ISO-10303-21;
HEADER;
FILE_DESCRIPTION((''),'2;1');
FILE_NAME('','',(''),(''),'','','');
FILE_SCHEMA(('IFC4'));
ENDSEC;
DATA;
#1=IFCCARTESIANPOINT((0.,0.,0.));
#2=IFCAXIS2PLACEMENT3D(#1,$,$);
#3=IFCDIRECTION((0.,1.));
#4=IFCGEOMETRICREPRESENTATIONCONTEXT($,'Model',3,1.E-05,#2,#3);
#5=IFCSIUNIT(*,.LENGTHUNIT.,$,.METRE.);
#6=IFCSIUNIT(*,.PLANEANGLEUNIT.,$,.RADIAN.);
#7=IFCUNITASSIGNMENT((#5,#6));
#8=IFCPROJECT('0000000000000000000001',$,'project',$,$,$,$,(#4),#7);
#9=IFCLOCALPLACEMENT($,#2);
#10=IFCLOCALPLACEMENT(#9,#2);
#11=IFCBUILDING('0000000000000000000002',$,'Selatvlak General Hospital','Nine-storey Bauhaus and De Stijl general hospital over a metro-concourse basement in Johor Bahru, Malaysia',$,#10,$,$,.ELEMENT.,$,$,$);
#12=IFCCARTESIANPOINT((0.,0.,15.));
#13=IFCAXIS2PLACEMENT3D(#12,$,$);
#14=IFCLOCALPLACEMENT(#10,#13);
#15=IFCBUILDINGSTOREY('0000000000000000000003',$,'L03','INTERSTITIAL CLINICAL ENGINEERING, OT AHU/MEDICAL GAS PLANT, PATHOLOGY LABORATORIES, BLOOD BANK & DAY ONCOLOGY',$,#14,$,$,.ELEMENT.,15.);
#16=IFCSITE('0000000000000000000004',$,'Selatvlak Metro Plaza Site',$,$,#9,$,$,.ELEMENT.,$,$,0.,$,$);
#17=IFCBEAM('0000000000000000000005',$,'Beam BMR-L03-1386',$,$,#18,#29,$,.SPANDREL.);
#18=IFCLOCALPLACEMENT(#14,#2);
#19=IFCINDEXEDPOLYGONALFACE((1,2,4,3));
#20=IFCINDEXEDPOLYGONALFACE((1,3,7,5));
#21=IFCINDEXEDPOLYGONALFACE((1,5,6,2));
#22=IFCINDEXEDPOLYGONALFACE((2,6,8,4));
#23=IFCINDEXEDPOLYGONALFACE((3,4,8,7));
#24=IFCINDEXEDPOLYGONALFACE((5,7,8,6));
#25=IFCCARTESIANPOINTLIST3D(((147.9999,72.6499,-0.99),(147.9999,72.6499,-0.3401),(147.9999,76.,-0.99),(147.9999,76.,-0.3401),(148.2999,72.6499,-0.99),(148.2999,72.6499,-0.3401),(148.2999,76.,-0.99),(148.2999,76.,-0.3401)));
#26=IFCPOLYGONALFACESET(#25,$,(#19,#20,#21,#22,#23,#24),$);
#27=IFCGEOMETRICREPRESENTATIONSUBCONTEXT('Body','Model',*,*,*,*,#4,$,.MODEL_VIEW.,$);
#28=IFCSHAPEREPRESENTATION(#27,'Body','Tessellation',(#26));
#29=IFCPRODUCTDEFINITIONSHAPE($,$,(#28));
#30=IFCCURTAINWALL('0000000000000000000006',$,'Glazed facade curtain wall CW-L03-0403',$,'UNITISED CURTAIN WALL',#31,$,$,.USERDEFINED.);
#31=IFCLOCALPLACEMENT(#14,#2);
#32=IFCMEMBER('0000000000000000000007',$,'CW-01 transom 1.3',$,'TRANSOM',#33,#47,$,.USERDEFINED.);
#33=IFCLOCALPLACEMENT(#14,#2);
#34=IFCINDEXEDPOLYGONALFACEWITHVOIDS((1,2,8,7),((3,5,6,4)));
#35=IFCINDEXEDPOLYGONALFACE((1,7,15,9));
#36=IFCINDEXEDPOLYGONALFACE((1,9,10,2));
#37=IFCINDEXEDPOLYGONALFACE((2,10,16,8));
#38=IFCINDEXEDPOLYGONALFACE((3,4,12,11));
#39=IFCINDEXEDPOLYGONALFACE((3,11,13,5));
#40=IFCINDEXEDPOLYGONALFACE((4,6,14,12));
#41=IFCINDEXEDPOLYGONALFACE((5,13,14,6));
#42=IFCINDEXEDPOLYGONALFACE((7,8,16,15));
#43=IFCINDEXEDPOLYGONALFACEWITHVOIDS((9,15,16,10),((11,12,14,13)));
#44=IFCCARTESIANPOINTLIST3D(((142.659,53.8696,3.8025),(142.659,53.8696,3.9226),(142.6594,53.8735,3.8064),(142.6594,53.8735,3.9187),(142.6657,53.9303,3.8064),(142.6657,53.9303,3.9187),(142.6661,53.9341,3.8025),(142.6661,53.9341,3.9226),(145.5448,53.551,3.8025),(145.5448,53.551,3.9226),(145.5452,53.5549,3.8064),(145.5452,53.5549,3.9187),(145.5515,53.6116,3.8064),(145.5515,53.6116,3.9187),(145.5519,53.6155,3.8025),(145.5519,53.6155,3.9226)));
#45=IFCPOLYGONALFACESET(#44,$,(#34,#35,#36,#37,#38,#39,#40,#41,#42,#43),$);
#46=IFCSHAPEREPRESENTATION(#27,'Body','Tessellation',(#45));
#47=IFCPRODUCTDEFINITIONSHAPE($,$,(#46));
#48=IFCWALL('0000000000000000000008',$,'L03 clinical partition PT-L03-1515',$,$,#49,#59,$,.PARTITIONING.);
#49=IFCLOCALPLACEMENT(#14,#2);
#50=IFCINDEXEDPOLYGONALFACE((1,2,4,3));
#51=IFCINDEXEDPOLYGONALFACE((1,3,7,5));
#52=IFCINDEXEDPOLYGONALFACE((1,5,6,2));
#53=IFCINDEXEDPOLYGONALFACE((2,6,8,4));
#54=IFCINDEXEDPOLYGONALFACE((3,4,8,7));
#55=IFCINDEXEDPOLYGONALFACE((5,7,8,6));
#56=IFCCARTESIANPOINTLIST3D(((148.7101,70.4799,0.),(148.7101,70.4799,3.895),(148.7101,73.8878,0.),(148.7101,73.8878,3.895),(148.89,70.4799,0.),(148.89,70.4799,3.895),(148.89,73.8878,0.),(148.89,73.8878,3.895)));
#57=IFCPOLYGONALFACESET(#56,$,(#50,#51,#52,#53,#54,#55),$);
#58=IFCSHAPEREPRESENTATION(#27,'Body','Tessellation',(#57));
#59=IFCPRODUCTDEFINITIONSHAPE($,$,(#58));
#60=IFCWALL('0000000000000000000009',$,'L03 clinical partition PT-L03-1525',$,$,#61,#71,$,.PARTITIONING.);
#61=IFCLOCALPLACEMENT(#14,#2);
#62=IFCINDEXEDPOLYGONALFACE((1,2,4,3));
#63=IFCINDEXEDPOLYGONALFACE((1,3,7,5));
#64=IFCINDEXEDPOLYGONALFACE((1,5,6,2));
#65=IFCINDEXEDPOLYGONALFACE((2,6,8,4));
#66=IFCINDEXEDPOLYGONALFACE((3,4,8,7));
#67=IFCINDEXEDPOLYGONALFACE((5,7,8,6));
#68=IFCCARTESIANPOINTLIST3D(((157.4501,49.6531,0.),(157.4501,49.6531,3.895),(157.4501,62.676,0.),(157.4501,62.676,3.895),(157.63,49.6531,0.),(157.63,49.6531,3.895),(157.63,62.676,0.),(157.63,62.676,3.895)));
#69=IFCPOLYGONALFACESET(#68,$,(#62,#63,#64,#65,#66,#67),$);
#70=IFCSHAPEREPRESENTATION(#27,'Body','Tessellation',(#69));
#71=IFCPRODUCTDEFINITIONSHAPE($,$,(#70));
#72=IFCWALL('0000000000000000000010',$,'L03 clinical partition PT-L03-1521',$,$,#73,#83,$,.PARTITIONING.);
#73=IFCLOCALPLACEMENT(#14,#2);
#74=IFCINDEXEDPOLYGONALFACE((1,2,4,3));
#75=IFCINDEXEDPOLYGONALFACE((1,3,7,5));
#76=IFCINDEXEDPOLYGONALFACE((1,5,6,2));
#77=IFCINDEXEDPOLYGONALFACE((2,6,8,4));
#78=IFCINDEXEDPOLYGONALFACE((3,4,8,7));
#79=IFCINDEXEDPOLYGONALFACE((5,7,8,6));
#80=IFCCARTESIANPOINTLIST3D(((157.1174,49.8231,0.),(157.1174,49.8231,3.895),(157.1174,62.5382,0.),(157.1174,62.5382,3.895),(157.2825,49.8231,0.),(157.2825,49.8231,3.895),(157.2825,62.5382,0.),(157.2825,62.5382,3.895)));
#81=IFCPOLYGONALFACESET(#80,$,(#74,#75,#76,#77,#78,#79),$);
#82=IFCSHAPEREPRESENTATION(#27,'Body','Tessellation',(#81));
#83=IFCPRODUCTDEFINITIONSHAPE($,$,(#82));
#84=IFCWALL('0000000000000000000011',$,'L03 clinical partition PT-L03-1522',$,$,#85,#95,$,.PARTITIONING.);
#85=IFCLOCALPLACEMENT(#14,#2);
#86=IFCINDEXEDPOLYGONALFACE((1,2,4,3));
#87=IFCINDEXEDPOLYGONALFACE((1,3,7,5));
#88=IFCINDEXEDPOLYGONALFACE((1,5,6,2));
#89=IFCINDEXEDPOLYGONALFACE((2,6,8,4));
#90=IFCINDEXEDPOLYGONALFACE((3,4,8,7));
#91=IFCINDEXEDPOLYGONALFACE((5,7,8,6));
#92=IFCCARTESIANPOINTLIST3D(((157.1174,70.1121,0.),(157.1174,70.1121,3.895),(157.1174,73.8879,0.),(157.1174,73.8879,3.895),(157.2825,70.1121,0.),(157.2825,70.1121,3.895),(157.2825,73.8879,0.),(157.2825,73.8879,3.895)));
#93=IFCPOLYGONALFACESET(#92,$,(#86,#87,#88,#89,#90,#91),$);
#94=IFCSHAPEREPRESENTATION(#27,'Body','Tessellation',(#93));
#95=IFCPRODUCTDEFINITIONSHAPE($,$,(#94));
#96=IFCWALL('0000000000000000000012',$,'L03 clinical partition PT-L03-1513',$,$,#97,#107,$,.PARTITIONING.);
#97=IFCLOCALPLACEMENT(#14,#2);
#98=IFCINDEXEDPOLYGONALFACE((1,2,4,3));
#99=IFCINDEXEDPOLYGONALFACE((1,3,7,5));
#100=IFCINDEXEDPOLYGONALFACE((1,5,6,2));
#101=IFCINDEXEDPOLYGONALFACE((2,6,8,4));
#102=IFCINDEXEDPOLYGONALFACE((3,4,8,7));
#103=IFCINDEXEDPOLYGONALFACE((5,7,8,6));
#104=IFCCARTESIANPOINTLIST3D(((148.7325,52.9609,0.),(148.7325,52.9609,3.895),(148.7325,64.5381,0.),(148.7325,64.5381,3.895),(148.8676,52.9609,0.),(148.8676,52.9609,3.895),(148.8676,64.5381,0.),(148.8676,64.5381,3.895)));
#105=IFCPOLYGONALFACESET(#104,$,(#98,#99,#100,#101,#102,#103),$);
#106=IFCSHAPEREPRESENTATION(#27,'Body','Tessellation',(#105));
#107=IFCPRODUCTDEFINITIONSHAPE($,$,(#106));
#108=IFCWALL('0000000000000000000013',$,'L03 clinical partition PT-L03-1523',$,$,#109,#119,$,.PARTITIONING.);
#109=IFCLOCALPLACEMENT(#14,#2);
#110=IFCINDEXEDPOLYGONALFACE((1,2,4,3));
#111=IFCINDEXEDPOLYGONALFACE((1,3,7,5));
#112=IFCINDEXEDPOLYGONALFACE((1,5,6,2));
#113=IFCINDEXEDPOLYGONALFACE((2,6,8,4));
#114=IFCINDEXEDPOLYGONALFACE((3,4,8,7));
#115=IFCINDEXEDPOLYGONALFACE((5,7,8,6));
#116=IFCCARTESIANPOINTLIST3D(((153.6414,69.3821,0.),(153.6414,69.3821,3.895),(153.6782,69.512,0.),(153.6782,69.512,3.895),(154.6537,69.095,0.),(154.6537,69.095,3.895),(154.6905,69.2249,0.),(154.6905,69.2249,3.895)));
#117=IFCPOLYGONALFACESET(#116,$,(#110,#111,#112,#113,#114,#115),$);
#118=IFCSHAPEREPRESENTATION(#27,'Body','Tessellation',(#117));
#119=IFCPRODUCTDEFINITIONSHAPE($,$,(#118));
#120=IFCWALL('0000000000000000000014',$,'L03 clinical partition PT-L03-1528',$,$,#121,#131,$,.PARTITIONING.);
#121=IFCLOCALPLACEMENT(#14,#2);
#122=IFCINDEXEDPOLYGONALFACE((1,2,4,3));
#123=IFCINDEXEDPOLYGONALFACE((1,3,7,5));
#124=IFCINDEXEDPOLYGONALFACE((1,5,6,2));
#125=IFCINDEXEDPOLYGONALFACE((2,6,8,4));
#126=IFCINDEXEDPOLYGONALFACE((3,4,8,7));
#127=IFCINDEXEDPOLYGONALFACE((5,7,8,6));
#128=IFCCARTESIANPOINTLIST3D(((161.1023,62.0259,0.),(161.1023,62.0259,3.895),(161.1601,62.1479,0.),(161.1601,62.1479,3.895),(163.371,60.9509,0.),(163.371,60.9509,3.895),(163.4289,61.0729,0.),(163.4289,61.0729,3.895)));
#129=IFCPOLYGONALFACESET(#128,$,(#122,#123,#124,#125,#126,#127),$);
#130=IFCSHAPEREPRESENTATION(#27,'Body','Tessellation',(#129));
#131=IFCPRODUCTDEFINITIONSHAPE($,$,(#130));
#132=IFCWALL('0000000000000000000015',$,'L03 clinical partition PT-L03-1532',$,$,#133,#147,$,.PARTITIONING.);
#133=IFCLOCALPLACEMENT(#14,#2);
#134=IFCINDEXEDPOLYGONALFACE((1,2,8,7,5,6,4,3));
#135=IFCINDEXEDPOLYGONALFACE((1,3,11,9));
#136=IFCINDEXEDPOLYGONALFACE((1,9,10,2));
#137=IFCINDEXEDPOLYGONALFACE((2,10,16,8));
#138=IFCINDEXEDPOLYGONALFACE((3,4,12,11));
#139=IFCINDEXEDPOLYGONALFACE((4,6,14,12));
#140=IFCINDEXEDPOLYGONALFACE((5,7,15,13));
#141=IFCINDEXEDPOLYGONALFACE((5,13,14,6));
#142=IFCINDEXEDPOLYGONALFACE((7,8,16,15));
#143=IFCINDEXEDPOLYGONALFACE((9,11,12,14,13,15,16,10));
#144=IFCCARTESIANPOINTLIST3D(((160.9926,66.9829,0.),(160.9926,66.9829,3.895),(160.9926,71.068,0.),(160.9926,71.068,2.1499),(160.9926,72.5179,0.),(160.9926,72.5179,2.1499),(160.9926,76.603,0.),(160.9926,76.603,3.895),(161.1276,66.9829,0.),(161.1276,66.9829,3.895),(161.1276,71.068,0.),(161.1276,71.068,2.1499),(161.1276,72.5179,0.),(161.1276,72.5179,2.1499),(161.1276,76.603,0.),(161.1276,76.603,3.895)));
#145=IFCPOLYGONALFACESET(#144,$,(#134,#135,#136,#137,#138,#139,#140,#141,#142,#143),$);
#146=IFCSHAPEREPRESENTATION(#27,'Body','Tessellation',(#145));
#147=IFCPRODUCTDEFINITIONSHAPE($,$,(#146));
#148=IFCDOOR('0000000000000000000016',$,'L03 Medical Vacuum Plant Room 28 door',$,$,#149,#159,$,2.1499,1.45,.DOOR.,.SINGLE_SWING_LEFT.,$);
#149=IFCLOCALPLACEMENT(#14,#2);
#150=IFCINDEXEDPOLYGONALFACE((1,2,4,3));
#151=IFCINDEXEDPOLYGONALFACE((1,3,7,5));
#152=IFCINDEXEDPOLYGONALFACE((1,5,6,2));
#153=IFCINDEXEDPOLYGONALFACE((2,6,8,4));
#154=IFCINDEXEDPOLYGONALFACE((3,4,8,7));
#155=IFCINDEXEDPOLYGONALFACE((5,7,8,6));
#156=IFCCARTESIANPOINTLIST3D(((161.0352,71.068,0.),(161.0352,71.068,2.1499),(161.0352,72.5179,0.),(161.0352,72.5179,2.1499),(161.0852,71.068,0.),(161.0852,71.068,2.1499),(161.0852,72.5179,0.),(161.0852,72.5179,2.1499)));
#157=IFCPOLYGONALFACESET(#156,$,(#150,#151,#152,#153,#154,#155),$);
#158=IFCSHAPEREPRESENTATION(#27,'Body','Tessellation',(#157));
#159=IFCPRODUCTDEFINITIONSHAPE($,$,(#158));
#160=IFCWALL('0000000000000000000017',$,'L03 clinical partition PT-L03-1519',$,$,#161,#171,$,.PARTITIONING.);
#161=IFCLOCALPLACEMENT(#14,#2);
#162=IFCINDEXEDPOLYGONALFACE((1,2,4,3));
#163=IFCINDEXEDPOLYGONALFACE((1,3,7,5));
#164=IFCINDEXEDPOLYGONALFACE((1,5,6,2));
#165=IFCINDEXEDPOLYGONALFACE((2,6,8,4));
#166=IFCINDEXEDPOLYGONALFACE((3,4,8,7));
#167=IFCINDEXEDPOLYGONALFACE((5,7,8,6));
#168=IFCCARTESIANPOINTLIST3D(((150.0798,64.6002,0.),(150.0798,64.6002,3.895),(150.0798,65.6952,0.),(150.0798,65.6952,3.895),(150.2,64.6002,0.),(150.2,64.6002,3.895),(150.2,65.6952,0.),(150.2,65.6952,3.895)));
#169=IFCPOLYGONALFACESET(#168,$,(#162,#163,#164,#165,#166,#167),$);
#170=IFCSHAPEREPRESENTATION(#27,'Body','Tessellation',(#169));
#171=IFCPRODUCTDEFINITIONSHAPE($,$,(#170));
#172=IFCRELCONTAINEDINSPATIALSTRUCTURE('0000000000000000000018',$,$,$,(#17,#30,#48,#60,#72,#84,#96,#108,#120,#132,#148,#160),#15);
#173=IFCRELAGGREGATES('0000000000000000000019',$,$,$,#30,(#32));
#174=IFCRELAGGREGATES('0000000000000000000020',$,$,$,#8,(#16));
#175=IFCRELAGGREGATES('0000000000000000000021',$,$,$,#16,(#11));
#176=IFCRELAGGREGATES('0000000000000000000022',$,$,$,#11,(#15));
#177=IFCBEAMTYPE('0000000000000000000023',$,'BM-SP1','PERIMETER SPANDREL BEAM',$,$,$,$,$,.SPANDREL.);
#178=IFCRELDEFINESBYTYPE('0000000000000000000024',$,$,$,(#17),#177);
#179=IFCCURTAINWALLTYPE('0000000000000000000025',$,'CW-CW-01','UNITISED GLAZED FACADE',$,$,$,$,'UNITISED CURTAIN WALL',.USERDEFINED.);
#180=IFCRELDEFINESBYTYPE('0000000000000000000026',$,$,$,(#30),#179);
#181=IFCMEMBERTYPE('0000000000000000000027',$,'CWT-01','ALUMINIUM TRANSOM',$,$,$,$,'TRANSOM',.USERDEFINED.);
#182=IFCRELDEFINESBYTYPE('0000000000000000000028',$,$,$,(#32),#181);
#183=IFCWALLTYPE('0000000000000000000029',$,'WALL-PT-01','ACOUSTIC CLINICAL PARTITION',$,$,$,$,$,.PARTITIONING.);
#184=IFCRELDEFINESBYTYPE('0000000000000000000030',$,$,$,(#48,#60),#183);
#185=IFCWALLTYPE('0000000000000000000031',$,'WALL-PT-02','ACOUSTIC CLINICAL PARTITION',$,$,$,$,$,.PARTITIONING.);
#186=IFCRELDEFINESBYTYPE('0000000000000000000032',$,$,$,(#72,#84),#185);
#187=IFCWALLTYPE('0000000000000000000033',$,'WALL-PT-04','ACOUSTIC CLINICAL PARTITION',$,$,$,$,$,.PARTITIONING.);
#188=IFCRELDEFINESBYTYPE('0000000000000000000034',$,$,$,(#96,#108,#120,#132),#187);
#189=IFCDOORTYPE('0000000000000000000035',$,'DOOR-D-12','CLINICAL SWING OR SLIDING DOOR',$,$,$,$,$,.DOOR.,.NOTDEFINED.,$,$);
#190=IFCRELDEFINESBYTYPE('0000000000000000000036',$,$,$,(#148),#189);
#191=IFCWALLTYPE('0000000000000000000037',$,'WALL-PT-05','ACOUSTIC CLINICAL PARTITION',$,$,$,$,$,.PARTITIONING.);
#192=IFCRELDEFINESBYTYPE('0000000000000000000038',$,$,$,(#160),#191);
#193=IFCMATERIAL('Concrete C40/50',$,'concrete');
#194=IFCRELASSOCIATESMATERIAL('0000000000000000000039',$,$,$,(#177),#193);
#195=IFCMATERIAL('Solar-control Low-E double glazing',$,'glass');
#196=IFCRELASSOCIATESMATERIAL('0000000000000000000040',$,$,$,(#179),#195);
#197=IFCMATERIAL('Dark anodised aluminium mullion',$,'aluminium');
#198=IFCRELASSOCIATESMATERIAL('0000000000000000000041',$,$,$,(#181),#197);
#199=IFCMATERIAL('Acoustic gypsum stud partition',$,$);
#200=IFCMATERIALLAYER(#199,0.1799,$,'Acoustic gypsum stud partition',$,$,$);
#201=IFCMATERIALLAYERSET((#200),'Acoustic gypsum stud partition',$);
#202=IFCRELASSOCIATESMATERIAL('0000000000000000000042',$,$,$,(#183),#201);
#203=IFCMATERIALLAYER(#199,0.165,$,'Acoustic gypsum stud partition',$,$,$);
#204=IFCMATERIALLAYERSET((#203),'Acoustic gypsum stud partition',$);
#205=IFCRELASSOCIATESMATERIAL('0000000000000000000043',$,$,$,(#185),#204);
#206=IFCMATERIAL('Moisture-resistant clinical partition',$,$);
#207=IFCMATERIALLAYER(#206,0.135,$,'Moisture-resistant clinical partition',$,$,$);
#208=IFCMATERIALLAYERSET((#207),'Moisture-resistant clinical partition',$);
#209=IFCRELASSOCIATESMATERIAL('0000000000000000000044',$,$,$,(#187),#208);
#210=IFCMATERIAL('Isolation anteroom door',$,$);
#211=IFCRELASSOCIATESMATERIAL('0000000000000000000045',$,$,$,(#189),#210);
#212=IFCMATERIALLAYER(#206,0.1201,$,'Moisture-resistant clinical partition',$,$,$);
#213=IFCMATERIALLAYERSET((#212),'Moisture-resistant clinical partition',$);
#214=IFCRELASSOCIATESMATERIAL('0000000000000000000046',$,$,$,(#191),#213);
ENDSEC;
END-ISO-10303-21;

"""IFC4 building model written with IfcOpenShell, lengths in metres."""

from ifc_helpers import new_model, si_unit, direction, frame, frame_2d, origin, origin_2d, place, context, subcontext, project, spatial, rectangle, hollow_rectangle, extrude, material, layer, layer_set, material_profile, profile_set, type_object, element, fill, aggregate, save


model = new_model("IFC4")

# Units and contexts
model_context = context("Model", 3, precision=1e-05, world=origin(), true_north=direction((0.0, 1.0)))
body_context = subcontext(model_context, "Body", "Model", "MODEL_VIEW")
ifc_project = project(units=[si_unit("LENGTHUNIT", "METRE"), si_unit("PLANEANGLEUNIT", "RADIAN")], contexts=[model_context])

# Site, building, storey
site_placement = place(None, origin())
site = spatial("IfcSite", under=ifc_project, at=site_placement, Name="Selatvlak Metro Plaza Site", CompositionType="ELEMENT", RefElevation=0.0)
building_placement = place(site_placement, origin())
building = spatial("IfcBuilding", under=site, at=building_placement, Name="Selatvlak General Hospital", Description="Nine-storey Bauhaus and De Stijl general hospital over a metro-concourse basement in Johor Bahru, Malaysia", CompositionType="ELEMENT")
storey_placement = place(building_placement, frame((0.0, 0.0, 15.0)))
storey = spatial("IfcBuildingStorey", under=building, at=storey_placement, Name="L03", Description="INTERSTITIAL CLINICAL ENGINEERING, OT AHU/MEDICAL GAS PLANT, PATHOLOGY LABORATORIES, BLOOD BANK & DAY ONCOLOGY", CompositionType="ELEMENT", Elevation=15.0)

# Beam
ifc_material_1 = material(Name="Concrete C40/50", Category="concrete")
ifc_material_profile_1 = material_profile(ifc_material_1, rectangle(XDim=0.3, YDim=0.6499, at=origin_2d()), Name="RC-SP 300x650")
ifc_profile_set_1 = profile_set([ifc_material_profile_1], Name="Concrete C40/50")
beam_type_1 = type_object("IfcBeamType", Name="BM-SP1", Description="PERIMETER SPANDREL BEAM", PredefinedType="SPANDREL", material=ifc_profile_set_1)
beam_1_placement = place(storey_placement, frame((148.1499, 72.6499, -0.665), z_axis=(0.0, 1.0, 0.0), x_axis=(-1.0, 0.0, 0.0)))
element("IfcBeam", 1, at=beam_1_placement, inside=storey, type_object=beam_type_1, Name="Beam BMR-L03-1386", PredefinedType="SPANDREL", context=body_context, shape_type="SweptSolid", body=[
    extrude(rectangle(XDim=0.3, YDim=0.6499, at=origin_2d()), origin(), (0.0, 0.0, 1.0), 3.3501),
])

# Curtain wall, member
ifc_material_2 = material(Name="Solar-control Low-E double glazing", Category="glass")
curtain_wall_type = type_object("IfcCurtainWallType", Name="CW-CW-01", Description="UNITISED GLAZED FACADE", ElementType="UNITISED CURTAIN WALL", PredefinedType="USERDEFINED", material=ifc_material_2)
curtain_wall_placement = place(storey_placement, origin())
curtain_wall = element("IfcCurtainWall", 2, at=curtain_wall_placement, inside=storey, type_object=curtain_wall_type, Name="Glazed facade curtain wall CW-L03-0403", ObjectType="UNITISED CURTAIN WALL", PredefinedType="USERDEFINED")
ifc_material_3 = material(Name="Dark anodised aluminium mullion", Category="aluminium")
ifc_material_profile_2 = material_profile(ifc_material_3, hollow_rectangle(XDim=0.0649, YDim=0.1201, WallThickness=0.0039, at=origin_2d()), Name="AL-TRN 65x120x4")
ifc_profile_set_2 = profile_set([ifc_material_profile_2], Name="Dark anodised aluminium mullion")
member_type = type_object("IfcMemberType", Name="CWT-01", Description="ALUMINIUM TRANSOM", ElementType="TRANSOM", PredefinedType="USERDEFINED", material=ifc_profile_set_2)
member_placement = place(storey_placement, frame((145.5483, 53.5833, 3.8625), z_axis=(-0.99396, 0.109739, 0.0), x_axis=(-0.109739, -0.99396, 0.0)))
member = element("IfcMember", 3, at=member_placement, type_object=member_type, Name="CW-01 transom 1.3", ObjectType="TRANSOM", PredefinedType="USERDEFINED", context=body_context, shape_type="SweptSolid", body=[
    extrude(hollow_rectangle(XDim=0.0649, YDim=0.1201, WallThickness=0.0039, at=origin_2d()), origin(), (0.0, 0.0, 1.0), 2.9033),
])
aggregate(curtain_wall, [member])

# Wall
ifc_material_4 = material(Name="Acoustic gypsum stud partition")
ifc_layer_1 = layer(ifc_material_4, 0.1799, Name="Acoustic gypsum stud partition")
ifc_layer_set_1 = layer_set([ifc_layer_1], Name="Acoustic gypsum stud partition")
wall_type_1 = type_object("IfcWallType", Name="WALL-PT-01", Description="ACOUSTIC CLINICAL PARTITION", PredefinedType="PARTITIONING", material=ifc_layer_set_1)
wall_1_placement = place(storey_placement, frame((148.8, 73.8879, 0.0), z_axis=(0.0, 0.0, 1.0), x_axis=(0.0, -1.0, 0.0)))
element("IfcWall", 4, at=wall_1_placement, inside=storey, type_object=wall_type_1, Name="L03 clinical partition PT-L03-1515", PredefinedType="PARTITIONING", context=body_context, shape_type="SweptSolid", body=[
    extrude(rectangle(XDim=3.408, YDim=0.1799, at=frame_2d((1.7041, 0.0))), origin(), (0.0, 0.0, 1.0), 3.895),
])

# Wall
wall_2_placement = place(storey_placement, frame((157.54, 62.676, 0.0), z_axis=(0.0, 0.0, 1.0), x_axis=(0.0, -1.0, 0.0)))
element("IfcWall", 5, at=wall_2_placement, inside=storey, type_object=wall_type_1, Name="L03 clinical partition PT-L03-1525", PredefinedType="PARTITIONING", context=body_context, shape_type="SweptSolid", body=[
    extrude(rectangle(XDim=13.0229, YDim=0.1799, at=frame_2d((6.5115, 0.0))), origin(), (0.0, 0.0, 1.0), 3.895),
])

# Shared definitions
ifc_layer_2 = layer(ifc_material_4, 0.165, Name="Acoustic gypsum stud partition")
ifc_layer_set_2 = layer_set([ifc_layer_2], Name="Acoustic gypsum stud partition")
wall_type_2 = type_object("IfcWallType", Name="WALL-PT-02", Description="ACOUSTIC CLINICAL PARTITION", PredefinedType="PARTITIONING", material=ifc_layer_set_2)

# Walls
wall_3_placement = place(storey_placement, frame((157.2, 62.5381, 0.0), z_axis=(0.0, 0.0, 1.0), x_axis=(0.0, -1.0, 0.0)))
element("IfcWall", 6, at=wall_3_placement, inside=storey, type_object=wall_type_2, Name="L03 clinical partition PT-L03-1521", PredefinedType="PARTITIONING", context=body_context, shape_type="SweptSolid", body=[
    extrude(rectangle(XDim=12.7151, YDim=0.165, at=frame_2d((6.3574, 0.0))), origin(), (0.0, 0.0, 1.0), 3.895),
])
wall_4_placement = place(storey_placement, frame((157.2, 73.8879, 0.0), z_axis=(0.0, 0.0, 1.0), x_axis=(0.0, -1.0, 0.0)))
element("IfcWall", 7, at=wall_4_placement, inside=storey, type_object=wall_type_2, Name="L03 clinical partition PT-L03-1522", PredefinedType="PARTITIONING", context=body_context, shape_type="SweptSolid", body=[
    extrude(rectangle(XDim=3.7759, YDim=0.165, at=frame_2d((1.8879, 0.0))), origin(), (0.0, 0.0, 1.0), 3.895),
])
ifc_material_5 = material(Name="Moisture-resistant clinical partition")
ifc_layer_3 = layer(ifc_material_5, 0.135, Name="Moisture-resistant clinical partition")
ifc_layer_set_3 = layer_set([ifc_layer_3], Name="Moisture-resistant clinical partition")
wall_type_3 = type_object("IfcWallType", Name="WALL-PT-04", Description="ACOUSTIC CLINICAL PARTITION", PredefinedType="PARTITIONING", material=ifc_layer_set_3)
wall_5_placement = place(storey_placement, frame((148.8, 64.5381, 0.0), z_axis=(0.0, 0.0, 1.0), x_axis=(0.0, -1.0, 0.0)))
element("IfcWall", 8, at=wall_5_placement, inside=storey, type_object=wall_type_3, Name="L03 clinical partition PT-L03-1513", PredefinedType="PARTITIONING", context=body_context, shape_type="SweptSolid", body=[
    extrude(rectangle(XDim=11.5771, YDim=0.135, at=frame_2d((5.7886, 0.0))), origin(), (0.0, 0.0, 1.0), 3.895),
])
wall_6_placement = place(storey_placement, frame((154.6721, 69.1599, 0.0), z_axis=(0.0, 0.0, 1.0), x_axis=(-0.962048, 0.272882, 0.0)))
element("IfcWall", 9, at=wall_6_placement, inside=storey, type_object=wall_type_3, Name="L03 clinical partition PT-L03-1523", PredefinedType="PARTITIONING", context=body_context, shape_type="SweptSolid", body=[
    extrude(rectangle(XDim=1.0522, YDim=0.135, at=frame_2d((0.5261, 0.0))), origin(), (0.0, 0.0, 1.0), 3.895),
])
wall_7_placement = place(storey_placement, frame((161.1311, 62.0869, 0.0), z_axis=(0.0, 0.0, 1.0), x_axis=(0.903698, -0.42817, 0.0)))
element("IfcWall", 10, at=wall_7_placement, inside=storey, type_object=wall_type_3, Name="L03 clinical partition PT-L03-1528", PredefinedType="PARTITIONING", context=body_context, shape_type="SweptSolid", body=[
    extrude(rectangle(XDim=2.5105, YDim=0.135, at=frame_2d((1.2554, 0.0))), origin(), (0.0, 0.0, 1.0), 3.895),
])

# Wall, opening, door
wall_8_placement = place(storey_placement, frame((161.0601, 66.9829, 0.0), z_axis=(0.0, 0.0, 1.0), x_axis=(0.0, 1.0, 0.0)))
wall_8 = element("IfcWall", 11, at=wall_8_placement, inside=storey, type_object=wall_type_3, Name="L03 clinical partition PT-L03-1532", PredefinedType="PARTITIONING", context=body_context, shape_type="SweptSolid", body=[
    extrude(rectangle(XDim=9.6201, YDim=0.135, at=frame_2d((4.8101, 0.0))), origin(), (0.0, 0.0, 1.0), 3.895),
])
opening_1_placement = place(wall_8_placement, frame((4.085, 0.0, 0.0)))
opening_1 = element("IfcOpeningElement", 12, at=opening_1_placement, cuts=wall_8, PredefinedType="OPENING", context=body_context, shape_type="SweptSolid", body=[
    extrude(rectangle(XDim=1.45, YDim=2.1499, at=frame_2d((0.7251, 1.075))), frame((0.0, 0.0774, 0.0), z_axis=(0.0, -1.0, 0.0), x_axis=(1.0, 0.0, 0.0)), (0.0, 0.0, 1.0), 0.155),
])
ifc_material_6 = material(Name="Isolation anteroom door")
door_type_1 = type_object("IfcDoorType", Name="DOOR-D-12", Description="CLINICAL SWING OR SLIDING DOOR", OperationType="NOTDEFINED", PredefinedType="DOOR", material=ifc_material_6)
door_1_placement = place(opening_1_placement, origin())
door_1 = element("IfcDoor", 13, at=door_1_placement, inside=storey, type_object=door_type_1, Name="L03 Medical Vacuum Plant Room 28 door", OperationType="SINGLE_SWING_LEFT", OverallHeight=2.1499, OverallWidth=1.45, PredefinedType="DOOR", context=body_context, shape_type="SweptSolid", body=[
    extrude(rectangle(XDim=1.45, YDim=2.1499, at=frame_2d((0.7251, 1.075))), frame((0.0, 0.0249, 0.0), z_axis=(0.0, -1.0, 0.0), x_axis=(1.0, 0.0, 0.0)), (0.0, 0.0, 1.0), 0.05),
])
fill(opening_1, door_1)

# Wall
ifc_layer_4 = layer(ifc_material_5, 0.1201, Name="Moisture-resistant clinical partition")
ifc_layer_set_4 = layer_set([ifc_layer_4], Name="Moisture-resistant clinical partition")
wall_type_4 = type_object("IfcWallType", Name="WALL-PT-05", Description="ACOUSTIC CLINICAL PARTITION", PredefinedType="PARTITIONING", material=ifc_layer_set_4)
wall_9_placement = place(storey_placement, frame((150.1399, 65.6951, 0.0), z_axis=(0.0, 0.0, 1.0), x_axis=(0.0, -1.0, 0.0)))
element("IfcWall", 14, at=wall_9_placement, inside=storey, type_object=wall_type_4, Name="L03 clinical partition PT-L03-1519", PredefinedType="PARTITIONING", context=body_context, shape_type="SweptSolid", body=[
    extrude(rectangle(XDim=1.095, YDim=0.1201, at=frame_2d((0.5474, 0.0))), origin(), (0.0, 0.0, 1.0), 3.895),
])

save(model, "model.ifc")
